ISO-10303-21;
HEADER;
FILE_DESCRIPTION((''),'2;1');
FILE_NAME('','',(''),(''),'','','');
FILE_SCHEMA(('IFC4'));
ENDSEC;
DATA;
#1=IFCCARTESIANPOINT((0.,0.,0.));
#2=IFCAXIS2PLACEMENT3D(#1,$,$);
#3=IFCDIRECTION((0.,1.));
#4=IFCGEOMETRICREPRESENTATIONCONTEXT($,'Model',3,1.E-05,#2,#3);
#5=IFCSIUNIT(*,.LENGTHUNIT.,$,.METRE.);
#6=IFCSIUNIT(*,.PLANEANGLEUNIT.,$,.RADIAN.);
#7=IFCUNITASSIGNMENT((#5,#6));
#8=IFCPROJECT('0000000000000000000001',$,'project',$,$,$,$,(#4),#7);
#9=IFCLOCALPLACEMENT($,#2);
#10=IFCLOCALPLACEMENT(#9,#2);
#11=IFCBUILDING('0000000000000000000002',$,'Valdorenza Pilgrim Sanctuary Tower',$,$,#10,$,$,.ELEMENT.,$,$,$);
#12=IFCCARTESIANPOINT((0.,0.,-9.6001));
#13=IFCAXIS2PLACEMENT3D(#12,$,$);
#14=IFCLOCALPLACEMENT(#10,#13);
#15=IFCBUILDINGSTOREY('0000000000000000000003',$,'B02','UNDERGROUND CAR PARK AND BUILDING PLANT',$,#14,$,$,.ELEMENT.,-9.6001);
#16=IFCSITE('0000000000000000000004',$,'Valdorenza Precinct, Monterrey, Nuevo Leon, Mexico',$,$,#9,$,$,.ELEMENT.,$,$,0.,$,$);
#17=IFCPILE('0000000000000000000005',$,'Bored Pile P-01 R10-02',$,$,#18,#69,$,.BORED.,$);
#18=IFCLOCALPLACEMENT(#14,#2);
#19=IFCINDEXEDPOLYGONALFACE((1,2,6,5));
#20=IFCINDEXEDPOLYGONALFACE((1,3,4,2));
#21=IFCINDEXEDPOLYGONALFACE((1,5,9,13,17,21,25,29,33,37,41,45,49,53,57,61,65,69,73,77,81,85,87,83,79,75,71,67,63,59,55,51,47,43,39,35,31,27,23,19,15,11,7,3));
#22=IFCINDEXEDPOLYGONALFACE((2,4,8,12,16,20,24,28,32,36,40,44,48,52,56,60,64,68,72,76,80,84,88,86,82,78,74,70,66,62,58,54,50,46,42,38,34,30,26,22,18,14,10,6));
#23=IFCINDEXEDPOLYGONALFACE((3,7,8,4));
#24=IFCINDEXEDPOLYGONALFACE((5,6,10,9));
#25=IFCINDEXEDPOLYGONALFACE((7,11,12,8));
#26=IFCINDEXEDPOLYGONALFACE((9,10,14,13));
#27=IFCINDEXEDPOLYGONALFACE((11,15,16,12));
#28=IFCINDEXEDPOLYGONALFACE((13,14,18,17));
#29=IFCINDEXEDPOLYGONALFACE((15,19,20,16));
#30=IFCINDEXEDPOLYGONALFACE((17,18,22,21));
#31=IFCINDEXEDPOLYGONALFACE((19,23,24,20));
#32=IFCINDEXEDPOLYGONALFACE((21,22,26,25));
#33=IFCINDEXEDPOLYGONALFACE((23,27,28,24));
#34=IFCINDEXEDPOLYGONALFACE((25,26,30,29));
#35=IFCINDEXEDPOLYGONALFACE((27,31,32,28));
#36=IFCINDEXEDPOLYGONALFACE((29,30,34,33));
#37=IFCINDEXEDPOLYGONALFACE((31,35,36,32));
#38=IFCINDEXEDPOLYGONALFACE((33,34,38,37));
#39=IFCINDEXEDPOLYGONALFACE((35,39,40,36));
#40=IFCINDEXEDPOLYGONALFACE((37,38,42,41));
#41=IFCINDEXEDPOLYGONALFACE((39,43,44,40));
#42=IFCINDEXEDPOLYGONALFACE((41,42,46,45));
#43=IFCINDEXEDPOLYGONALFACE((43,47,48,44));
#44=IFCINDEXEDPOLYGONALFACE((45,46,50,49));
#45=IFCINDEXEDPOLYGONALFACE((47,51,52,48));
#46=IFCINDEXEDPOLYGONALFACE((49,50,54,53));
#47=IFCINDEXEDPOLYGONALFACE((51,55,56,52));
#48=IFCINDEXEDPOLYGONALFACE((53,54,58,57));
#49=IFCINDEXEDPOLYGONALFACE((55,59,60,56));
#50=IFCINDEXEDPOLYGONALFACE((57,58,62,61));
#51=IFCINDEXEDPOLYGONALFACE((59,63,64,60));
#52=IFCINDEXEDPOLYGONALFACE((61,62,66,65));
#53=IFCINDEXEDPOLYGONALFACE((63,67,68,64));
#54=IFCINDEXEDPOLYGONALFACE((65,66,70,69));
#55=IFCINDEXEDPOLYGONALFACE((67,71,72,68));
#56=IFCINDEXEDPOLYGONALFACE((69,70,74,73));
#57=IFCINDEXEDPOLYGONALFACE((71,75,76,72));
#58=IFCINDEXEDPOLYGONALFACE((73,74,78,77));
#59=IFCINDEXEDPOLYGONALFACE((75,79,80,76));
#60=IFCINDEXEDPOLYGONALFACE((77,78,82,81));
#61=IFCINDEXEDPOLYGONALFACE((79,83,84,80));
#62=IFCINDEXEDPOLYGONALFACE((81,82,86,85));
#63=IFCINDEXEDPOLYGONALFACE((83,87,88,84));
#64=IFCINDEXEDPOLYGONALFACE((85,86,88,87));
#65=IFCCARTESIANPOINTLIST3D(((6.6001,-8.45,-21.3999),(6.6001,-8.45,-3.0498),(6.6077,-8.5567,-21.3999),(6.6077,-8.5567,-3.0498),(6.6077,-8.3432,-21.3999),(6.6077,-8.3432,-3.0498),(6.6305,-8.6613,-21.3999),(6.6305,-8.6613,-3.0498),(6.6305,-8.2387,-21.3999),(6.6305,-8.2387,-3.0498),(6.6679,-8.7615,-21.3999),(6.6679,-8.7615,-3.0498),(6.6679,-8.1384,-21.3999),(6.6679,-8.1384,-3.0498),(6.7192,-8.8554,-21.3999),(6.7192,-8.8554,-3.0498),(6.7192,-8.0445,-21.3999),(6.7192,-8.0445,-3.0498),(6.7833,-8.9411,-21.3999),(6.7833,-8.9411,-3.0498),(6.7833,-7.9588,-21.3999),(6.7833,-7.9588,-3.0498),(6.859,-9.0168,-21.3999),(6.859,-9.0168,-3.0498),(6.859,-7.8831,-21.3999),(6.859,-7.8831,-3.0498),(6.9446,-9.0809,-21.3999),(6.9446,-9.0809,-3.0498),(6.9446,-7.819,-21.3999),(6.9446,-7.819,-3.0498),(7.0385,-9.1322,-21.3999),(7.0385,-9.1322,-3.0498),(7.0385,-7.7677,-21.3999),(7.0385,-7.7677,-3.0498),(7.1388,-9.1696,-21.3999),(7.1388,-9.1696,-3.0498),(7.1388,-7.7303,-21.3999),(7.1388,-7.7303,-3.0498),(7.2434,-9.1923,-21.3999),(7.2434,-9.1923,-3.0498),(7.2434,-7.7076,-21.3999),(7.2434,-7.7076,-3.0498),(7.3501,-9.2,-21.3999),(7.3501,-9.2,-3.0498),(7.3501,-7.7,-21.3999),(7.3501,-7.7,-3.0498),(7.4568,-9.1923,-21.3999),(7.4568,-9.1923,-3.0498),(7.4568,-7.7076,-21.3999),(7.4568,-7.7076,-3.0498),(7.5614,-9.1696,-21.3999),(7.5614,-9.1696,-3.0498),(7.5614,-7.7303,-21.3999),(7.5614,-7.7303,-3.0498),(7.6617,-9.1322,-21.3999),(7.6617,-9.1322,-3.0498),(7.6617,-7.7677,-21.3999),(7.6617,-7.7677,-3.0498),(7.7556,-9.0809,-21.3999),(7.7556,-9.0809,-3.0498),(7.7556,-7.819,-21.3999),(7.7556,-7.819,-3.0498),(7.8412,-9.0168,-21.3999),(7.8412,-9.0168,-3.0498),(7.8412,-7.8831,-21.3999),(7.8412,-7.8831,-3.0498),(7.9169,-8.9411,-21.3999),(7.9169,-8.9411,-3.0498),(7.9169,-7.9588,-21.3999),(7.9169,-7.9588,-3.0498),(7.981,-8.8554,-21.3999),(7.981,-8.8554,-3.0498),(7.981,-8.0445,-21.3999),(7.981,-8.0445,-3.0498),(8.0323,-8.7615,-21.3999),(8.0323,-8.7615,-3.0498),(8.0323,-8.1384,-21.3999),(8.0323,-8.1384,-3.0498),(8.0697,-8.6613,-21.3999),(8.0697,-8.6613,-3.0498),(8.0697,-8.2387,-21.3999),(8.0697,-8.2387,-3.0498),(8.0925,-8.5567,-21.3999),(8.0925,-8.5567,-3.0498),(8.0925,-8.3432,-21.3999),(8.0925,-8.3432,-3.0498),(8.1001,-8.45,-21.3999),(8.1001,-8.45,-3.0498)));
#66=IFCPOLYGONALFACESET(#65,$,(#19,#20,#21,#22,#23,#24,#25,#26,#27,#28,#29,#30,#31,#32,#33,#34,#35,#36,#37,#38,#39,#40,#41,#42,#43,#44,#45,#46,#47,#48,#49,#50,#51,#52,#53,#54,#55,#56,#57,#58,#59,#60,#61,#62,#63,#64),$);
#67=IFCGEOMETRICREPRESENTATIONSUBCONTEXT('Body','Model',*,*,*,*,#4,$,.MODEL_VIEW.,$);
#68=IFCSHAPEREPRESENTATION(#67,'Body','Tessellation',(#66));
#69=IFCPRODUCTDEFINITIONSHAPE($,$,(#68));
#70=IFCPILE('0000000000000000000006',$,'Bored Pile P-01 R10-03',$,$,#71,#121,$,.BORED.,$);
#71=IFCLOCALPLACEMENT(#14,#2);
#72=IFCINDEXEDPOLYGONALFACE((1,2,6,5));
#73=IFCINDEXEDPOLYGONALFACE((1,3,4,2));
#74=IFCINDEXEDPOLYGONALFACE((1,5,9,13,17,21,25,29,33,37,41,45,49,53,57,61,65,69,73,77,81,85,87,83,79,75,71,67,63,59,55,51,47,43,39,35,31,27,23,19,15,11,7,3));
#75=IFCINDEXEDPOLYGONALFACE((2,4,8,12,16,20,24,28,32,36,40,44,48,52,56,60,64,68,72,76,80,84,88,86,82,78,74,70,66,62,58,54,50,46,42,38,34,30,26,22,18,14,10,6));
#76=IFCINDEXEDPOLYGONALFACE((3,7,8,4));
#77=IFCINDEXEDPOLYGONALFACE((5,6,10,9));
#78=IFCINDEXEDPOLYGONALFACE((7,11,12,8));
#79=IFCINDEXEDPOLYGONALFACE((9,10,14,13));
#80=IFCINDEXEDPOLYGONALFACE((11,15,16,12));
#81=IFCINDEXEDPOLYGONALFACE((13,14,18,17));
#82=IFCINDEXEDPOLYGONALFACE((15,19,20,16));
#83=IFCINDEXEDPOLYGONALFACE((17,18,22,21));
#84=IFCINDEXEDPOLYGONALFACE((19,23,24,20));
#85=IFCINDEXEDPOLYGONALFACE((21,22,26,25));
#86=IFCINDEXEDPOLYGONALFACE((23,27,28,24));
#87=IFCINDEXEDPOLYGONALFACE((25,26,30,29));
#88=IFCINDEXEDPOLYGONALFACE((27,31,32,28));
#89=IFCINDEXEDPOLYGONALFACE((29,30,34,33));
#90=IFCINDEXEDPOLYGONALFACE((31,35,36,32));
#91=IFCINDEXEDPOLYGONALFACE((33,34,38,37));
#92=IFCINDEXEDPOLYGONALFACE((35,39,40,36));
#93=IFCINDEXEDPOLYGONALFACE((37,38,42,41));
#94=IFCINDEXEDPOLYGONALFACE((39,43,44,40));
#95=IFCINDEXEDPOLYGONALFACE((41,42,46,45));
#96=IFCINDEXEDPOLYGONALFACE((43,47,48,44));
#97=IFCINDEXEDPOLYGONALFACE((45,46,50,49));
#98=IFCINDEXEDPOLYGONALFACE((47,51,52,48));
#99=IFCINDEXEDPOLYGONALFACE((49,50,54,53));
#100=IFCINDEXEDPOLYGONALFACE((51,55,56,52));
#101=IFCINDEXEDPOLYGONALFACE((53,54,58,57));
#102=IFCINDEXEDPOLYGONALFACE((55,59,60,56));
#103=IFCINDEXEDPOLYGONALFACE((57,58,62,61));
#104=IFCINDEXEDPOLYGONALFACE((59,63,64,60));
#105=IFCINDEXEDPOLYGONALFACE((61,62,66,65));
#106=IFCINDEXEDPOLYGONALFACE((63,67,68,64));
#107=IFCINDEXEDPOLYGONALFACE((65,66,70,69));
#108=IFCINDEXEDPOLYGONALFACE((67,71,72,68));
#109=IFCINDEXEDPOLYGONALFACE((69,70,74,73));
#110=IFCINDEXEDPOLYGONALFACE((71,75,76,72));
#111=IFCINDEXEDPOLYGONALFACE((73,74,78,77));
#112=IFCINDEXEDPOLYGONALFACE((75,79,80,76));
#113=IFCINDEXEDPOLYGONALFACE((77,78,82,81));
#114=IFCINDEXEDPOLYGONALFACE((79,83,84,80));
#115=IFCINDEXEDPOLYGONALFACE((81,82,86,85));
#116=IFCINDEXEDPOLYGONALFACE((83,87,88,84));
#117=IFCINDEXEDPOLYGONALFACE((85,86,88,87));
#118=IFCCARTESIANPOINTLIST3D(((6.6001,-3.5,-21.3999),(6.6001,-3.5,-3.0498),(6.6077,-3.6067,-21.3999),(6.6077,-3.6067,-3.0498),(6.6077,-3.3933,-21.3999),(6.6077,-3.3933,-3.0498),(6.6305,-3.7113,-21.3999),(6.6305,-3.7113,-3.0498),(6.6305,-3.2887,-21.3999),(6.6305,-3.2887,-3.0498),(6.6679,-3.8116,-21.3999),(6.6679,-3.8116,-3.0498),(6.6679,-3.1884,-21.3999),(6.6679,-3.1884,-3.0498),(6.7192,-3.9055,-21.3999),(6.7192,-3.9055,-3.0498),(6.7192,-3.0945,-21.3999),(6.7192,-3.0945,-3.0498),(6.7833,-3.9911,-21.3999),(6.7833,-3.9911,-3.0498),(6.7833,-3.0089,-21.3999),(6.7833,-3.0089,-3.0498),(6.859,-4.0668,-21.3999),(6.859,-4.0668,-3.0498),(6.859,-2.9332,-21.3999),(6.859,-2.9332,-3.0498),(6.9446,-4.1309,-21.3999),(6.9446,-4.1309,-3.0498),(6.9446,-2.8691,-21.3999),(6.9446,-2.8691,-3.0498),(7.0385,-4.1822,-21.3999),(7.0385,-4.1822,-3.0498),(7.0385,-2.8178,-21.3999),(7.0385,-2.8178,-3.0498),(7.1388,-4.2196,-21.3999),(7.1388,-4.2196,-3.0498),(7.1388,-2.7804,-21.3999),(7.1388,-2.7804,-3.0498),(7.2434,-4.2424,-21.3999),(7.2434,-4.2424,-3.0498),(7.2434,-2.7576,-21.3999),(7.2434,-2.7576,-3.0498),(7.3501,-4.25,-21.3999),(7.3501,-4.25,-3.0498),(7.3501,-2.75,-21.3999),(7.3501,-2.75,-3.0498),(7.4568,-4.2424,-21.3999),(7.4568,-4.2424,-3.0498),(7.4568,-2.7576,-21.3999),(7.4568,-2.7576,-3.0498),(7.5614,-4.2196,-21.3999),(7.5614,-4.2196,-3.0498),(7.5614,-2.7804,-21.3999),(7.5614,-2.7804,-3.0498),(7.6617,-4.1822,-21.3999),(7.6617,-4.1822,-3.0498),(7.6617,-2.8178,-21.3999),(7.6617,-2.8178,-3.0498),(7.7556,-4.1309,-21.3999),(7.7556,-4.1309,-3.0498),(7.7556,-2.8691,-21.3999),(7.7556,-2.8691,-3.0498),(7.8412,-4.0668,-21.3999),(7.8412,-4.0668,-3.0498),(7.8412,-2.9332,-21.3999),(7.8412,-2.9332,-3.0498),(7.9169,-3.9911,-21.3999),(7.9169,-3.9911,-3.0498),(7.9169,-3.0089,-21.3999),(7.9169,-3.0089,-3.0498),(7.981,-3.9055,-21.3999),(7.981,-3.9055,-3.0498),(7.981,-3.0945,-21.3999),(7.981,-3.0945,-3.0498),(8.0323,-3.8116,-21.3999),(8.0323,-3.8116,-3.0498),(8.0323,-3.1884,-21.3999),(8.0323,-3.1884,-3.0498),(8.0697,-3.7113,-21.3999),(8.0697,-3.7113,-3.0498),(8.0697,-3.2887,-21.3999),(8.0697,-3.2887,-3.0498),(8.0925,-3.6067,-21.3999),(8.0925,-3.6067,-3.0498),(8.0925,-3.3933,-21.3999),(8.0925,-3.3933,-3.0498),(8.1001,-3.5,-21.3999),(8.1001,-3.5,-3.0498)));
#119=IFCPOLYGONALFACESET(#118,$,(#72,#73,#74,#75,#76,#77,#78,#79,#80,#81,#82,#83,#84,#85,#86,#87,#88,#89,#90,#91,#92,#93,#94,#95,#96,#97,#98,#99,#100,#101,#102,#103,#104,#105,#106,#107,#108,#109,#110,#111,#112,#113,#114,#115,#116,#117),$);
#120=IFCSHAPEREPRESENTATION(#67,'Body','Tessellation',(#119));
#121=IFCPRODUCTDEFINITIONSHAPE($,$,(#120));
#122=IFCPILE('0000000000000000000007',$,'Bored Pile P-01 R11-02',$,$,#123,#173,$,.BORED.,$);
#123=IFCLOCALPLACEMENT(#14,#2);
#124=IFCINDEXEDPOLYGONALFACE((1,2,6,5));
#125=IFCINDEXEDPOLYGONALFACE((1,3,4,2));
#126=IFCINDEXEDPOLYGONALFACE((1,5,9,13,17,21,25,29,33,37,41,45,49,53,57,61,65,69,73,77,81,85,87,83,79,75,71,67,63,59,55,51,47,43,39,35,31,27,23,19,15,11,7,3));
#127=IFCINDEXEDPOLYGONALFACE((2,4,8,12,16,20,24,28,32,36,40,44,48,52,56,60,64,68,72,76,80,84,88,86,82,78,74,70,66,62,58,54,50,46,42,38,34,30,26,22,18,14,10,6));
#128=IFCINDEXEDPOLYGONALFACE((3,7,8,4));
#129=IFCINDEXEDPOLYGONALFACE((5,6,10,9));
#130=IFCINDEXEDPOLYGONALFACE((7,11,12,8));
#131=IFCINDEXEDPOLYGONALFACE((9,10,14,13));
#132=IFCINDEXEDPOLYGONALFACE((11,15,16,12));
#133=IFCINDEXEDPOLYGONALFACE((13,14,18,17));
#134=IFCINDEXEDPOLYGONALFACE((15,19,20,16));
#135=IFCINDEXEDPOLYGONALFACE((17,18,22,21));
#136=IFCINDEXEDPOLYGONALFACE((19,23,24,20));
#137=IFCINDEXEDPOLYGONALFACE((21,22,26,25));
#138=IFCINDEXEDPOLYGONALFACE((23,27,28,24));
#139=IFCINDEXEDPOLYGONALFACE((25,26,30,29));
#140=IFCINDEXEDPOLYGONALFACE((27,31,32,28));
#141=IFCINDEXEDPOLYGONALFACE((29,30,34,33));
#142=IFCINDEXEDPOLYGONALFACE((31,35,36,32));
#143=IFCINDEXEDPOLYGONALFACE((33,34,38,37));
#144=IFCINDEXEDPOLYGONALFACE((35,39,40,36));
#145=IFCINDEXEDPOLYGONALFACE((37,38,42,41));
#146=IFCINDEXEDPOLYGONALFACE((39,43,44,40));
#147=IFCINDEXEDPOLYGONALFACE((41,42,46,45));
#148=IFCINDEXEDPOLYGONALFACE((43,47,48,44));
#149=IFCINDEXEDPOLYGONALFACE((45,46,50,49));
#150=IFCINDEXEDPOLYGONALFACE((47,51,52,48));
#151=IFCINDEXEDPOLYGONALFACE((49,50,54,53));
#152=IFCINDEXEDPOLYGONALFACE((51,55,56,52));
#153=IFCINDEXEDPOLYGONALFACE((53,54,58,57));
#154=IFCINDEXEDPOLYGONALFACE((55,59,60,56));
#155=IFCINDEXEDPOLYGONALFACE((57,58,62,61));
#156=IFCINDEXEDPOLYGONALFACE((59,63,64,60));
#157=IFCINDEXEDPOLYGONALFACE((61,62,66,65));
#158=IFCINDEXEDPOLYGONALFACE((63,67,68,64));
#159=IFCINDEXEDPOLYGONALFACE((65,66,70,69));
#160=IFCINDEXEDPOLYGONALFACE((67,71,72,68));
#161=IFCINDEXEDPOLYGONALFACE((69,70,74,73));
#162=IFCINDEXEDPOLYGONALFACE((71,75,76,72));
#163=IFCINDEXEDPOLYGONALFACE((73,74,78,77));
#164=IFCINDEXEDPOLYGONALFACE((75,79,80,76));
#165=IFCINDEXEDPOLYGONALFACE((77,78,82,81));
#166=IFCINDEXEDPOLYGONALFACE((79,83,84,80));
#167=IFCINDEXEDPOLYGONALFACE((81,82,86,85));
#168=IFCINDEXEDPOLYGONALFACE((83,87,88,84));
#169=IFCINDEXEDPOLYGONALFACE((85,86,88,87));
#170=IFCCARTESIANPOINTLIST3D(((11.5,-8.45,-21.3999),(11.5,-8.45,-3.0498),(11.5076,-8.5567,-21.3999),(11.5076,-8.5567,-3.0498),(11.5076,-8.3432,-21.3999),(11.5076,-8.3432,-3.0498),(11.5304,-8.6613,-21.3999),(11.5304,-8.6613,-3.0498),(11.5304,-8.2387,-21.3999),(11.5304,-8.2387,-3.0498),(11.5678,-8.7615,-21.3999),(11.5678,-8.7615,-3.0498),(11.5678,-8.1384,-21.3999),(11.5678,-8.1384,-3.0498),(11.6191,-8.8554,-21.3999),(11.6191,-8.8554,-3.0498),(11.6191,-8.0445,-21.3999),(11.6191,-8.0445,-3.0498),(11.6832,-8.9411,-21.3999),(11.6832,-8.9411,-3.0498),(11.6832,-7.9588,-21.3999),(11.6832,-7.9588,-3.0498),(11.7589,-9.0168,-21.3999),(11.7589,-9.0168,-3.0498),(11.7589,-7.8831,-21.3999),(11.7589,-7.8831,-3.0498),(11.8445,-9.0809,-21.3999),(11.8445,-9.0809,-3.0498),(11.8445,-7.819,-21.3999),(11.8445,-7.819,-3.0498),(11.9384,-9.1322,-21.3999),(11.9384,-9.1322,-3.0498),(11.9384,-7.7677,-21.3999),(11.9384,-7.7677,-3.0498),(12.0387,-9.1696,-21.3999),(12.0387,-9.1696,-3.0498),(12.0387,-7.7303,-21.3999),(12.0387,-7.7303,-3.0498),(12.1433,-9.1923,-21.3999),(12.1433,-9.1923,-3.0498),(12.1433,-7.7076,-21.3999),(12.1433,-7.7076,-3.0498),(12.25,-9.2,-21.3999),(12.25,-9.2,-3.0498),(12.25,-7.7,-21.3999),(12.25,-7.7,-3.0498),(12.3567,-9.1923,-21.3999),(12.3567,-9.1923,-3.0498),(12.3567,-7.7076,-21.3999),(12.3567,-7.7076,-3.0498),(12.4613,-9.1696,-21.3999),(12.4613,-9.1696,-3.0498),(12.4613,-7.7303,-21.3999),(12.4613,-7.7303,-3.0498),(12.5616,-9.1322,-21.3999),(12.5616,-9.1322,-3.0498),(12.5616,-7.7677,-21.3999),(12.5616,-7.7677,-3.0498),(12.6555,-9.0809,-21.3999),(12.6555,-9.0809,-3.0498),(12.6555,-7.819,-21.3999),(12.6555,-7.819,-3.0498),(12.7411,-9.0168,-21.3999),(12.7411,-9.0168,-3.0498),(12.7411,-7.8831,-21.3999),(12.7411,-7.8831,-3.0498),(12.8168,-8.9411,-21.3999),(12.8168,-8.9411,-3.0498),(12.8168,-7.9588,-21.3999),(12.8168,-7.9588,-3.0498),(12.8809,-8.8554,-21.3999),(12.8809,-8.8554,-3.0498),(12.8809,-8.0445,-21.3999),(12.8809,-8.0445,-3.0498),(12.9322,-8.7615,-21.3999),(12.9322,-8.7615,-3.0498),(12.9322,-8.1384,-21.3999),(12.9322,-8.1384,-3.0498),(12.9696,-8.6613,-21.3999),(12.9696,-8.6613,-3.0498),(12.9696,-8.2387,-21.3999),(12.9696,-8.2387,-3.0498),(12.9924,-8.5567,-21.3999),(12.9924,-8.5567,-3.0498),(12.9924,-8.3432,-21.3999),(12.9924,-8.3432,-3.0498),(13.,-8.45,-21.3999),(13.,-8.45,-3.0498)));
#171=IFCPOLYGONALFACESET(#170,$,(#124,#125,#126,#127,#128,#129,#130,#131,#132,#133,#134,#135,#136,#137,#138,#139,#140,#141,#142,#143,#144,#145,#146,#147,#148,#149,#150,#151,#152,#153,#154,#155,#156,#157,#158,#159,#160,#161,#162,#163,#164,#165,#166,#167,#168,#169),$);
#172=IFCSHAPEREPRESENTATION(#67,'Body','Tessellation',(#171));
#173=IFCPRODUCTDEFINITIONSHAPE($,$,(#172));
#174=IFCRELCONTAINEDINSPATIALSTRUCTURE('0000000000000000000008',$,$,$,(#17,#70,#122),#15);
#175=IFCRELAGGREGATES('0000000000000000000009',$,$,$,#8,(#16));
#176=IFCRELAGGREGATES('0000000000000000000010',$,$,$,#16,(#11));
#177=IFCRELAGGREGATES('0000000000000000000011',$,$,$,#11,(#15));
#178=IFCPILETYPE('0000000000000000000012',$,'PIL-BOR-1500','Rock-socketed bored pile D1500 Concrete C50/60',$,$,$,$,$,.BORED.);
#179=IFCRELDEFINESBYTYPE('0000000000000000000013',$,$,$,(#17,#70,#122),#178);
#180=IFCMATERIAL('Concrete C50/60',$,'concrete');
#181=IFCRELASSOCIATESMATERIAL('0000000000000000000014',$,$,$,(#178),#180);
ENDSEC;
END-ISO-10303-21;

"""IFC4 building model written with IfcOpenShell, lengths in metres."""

from ifc_helpers import new_model, si_unit, direction, frame, origin, origin_2d, place, context, subcontext, project, spatial, circle, extrude, source, transform, mapped, material, material_profile, profile_set, type_object, element, save


model = new_model("IFC4")

# Units and contexts
model_context = context("Model", 3, precision=1e-05, world=origin(), true_north=direction((0.0, 1.0)))
body_context = subcontext(model_context, "Body", "Model", "MODEL_VIEW")
ifc_project = project(units=[si_unit("LENGTHUNIT", "METRE"), si_unit("PLANEANGLEUNIT", "RADIAN")], contexts=[model_context])

# Site, building, storey
site_placement = place(None, origin())
site = spatial("IfcSite", under=ifc_project, at=site_placement, Name="Valdorenza Precinct, Monterrey, Nuevo Leon, Mexico", CompositionType="ELEMENT", RefElevation=0.0)
building_placement = place(site_placement, origin())
building = spatial("IfcBuilding", under=site, at=building_placement, Name="Valdorenza Pilgrim Sanctuary Tower", CompositionType="ELEMENT")
storey_placement = place(building_placement, frame((0.0, 0.0, -9.6001)))
storey = spatial("IfcBuildingStorey", under=building, at=storey_placement, Name="B02", Description="UNDERGROUND CAR PARK AND BUILDING PLANT", CompositionType="ELEMENT", Elevation=-9.6001)

# Shared definitions
ifc_material_1 = material(Name="Concrete C50/60", Category="concrete")

# Piles
ifc_material_profile_1 = material_profile(ifc_material_1, circle(Radius=0.75, at=origin_2d()), Name="BORED PILE 1500")
ifc_profile_set_1 = profile_set([ifc_material_profile_1], Name="Concrete C50/60")
pile_type = type_object("IfcPileType", Name="PIL-BOR-1500", Description="Rock-socketed bored pile D1500 Concrete C50/60", PredefinedType="BORED", material=ifc_profile_set_1)
shared_shape_1 = source(origin(), body_context, "Body", "SweptSolid", [
    extrude(circle(Radius=0.75, at=origin_2d()), origin(), (0.0, 0.0, 1.0), 18.3501),
])
for number, where, z_axis, x_axis, name in (
    (1, (7.3501, -8.45, -3.0498), (0.0, 0.0, -1.0), (1.0, 0.0, 0.0), "Bored Pile P-01 R10-02"),
    (2, (7.3501, -3.5, -3.0498), (0.0, 0.0, -1.0), (1.0, 0.0, 0.0), "Bored Pile P-01 R10-03"),
    (3, (12.25, -8.45, -3.0498), (0.0, 0.0, -1.0), (1.0, 0.0, 0.0), "Bored Pile P-01 R11-02"),
):
    element("IfcPile", number, at=place(storey_placement, frame(where, z_axis=z_axis, x_axis=x_axis)), inside=storey, type_object=pile_type, Name=name, PredefinedType="BORED", context=body_context, shape_type="MappedRepresentation", body=[
        mapped(shared_shape_1, transform((0.0, 0.0, 0.0), x_axis=(1.0, 0.0, 0.0), y_axis=(0.0, 1.0, 0.0), z_axis=(0.0, 0.0, 1.0), scale=1.0)),
    ])

save(model, "model.ifc")
